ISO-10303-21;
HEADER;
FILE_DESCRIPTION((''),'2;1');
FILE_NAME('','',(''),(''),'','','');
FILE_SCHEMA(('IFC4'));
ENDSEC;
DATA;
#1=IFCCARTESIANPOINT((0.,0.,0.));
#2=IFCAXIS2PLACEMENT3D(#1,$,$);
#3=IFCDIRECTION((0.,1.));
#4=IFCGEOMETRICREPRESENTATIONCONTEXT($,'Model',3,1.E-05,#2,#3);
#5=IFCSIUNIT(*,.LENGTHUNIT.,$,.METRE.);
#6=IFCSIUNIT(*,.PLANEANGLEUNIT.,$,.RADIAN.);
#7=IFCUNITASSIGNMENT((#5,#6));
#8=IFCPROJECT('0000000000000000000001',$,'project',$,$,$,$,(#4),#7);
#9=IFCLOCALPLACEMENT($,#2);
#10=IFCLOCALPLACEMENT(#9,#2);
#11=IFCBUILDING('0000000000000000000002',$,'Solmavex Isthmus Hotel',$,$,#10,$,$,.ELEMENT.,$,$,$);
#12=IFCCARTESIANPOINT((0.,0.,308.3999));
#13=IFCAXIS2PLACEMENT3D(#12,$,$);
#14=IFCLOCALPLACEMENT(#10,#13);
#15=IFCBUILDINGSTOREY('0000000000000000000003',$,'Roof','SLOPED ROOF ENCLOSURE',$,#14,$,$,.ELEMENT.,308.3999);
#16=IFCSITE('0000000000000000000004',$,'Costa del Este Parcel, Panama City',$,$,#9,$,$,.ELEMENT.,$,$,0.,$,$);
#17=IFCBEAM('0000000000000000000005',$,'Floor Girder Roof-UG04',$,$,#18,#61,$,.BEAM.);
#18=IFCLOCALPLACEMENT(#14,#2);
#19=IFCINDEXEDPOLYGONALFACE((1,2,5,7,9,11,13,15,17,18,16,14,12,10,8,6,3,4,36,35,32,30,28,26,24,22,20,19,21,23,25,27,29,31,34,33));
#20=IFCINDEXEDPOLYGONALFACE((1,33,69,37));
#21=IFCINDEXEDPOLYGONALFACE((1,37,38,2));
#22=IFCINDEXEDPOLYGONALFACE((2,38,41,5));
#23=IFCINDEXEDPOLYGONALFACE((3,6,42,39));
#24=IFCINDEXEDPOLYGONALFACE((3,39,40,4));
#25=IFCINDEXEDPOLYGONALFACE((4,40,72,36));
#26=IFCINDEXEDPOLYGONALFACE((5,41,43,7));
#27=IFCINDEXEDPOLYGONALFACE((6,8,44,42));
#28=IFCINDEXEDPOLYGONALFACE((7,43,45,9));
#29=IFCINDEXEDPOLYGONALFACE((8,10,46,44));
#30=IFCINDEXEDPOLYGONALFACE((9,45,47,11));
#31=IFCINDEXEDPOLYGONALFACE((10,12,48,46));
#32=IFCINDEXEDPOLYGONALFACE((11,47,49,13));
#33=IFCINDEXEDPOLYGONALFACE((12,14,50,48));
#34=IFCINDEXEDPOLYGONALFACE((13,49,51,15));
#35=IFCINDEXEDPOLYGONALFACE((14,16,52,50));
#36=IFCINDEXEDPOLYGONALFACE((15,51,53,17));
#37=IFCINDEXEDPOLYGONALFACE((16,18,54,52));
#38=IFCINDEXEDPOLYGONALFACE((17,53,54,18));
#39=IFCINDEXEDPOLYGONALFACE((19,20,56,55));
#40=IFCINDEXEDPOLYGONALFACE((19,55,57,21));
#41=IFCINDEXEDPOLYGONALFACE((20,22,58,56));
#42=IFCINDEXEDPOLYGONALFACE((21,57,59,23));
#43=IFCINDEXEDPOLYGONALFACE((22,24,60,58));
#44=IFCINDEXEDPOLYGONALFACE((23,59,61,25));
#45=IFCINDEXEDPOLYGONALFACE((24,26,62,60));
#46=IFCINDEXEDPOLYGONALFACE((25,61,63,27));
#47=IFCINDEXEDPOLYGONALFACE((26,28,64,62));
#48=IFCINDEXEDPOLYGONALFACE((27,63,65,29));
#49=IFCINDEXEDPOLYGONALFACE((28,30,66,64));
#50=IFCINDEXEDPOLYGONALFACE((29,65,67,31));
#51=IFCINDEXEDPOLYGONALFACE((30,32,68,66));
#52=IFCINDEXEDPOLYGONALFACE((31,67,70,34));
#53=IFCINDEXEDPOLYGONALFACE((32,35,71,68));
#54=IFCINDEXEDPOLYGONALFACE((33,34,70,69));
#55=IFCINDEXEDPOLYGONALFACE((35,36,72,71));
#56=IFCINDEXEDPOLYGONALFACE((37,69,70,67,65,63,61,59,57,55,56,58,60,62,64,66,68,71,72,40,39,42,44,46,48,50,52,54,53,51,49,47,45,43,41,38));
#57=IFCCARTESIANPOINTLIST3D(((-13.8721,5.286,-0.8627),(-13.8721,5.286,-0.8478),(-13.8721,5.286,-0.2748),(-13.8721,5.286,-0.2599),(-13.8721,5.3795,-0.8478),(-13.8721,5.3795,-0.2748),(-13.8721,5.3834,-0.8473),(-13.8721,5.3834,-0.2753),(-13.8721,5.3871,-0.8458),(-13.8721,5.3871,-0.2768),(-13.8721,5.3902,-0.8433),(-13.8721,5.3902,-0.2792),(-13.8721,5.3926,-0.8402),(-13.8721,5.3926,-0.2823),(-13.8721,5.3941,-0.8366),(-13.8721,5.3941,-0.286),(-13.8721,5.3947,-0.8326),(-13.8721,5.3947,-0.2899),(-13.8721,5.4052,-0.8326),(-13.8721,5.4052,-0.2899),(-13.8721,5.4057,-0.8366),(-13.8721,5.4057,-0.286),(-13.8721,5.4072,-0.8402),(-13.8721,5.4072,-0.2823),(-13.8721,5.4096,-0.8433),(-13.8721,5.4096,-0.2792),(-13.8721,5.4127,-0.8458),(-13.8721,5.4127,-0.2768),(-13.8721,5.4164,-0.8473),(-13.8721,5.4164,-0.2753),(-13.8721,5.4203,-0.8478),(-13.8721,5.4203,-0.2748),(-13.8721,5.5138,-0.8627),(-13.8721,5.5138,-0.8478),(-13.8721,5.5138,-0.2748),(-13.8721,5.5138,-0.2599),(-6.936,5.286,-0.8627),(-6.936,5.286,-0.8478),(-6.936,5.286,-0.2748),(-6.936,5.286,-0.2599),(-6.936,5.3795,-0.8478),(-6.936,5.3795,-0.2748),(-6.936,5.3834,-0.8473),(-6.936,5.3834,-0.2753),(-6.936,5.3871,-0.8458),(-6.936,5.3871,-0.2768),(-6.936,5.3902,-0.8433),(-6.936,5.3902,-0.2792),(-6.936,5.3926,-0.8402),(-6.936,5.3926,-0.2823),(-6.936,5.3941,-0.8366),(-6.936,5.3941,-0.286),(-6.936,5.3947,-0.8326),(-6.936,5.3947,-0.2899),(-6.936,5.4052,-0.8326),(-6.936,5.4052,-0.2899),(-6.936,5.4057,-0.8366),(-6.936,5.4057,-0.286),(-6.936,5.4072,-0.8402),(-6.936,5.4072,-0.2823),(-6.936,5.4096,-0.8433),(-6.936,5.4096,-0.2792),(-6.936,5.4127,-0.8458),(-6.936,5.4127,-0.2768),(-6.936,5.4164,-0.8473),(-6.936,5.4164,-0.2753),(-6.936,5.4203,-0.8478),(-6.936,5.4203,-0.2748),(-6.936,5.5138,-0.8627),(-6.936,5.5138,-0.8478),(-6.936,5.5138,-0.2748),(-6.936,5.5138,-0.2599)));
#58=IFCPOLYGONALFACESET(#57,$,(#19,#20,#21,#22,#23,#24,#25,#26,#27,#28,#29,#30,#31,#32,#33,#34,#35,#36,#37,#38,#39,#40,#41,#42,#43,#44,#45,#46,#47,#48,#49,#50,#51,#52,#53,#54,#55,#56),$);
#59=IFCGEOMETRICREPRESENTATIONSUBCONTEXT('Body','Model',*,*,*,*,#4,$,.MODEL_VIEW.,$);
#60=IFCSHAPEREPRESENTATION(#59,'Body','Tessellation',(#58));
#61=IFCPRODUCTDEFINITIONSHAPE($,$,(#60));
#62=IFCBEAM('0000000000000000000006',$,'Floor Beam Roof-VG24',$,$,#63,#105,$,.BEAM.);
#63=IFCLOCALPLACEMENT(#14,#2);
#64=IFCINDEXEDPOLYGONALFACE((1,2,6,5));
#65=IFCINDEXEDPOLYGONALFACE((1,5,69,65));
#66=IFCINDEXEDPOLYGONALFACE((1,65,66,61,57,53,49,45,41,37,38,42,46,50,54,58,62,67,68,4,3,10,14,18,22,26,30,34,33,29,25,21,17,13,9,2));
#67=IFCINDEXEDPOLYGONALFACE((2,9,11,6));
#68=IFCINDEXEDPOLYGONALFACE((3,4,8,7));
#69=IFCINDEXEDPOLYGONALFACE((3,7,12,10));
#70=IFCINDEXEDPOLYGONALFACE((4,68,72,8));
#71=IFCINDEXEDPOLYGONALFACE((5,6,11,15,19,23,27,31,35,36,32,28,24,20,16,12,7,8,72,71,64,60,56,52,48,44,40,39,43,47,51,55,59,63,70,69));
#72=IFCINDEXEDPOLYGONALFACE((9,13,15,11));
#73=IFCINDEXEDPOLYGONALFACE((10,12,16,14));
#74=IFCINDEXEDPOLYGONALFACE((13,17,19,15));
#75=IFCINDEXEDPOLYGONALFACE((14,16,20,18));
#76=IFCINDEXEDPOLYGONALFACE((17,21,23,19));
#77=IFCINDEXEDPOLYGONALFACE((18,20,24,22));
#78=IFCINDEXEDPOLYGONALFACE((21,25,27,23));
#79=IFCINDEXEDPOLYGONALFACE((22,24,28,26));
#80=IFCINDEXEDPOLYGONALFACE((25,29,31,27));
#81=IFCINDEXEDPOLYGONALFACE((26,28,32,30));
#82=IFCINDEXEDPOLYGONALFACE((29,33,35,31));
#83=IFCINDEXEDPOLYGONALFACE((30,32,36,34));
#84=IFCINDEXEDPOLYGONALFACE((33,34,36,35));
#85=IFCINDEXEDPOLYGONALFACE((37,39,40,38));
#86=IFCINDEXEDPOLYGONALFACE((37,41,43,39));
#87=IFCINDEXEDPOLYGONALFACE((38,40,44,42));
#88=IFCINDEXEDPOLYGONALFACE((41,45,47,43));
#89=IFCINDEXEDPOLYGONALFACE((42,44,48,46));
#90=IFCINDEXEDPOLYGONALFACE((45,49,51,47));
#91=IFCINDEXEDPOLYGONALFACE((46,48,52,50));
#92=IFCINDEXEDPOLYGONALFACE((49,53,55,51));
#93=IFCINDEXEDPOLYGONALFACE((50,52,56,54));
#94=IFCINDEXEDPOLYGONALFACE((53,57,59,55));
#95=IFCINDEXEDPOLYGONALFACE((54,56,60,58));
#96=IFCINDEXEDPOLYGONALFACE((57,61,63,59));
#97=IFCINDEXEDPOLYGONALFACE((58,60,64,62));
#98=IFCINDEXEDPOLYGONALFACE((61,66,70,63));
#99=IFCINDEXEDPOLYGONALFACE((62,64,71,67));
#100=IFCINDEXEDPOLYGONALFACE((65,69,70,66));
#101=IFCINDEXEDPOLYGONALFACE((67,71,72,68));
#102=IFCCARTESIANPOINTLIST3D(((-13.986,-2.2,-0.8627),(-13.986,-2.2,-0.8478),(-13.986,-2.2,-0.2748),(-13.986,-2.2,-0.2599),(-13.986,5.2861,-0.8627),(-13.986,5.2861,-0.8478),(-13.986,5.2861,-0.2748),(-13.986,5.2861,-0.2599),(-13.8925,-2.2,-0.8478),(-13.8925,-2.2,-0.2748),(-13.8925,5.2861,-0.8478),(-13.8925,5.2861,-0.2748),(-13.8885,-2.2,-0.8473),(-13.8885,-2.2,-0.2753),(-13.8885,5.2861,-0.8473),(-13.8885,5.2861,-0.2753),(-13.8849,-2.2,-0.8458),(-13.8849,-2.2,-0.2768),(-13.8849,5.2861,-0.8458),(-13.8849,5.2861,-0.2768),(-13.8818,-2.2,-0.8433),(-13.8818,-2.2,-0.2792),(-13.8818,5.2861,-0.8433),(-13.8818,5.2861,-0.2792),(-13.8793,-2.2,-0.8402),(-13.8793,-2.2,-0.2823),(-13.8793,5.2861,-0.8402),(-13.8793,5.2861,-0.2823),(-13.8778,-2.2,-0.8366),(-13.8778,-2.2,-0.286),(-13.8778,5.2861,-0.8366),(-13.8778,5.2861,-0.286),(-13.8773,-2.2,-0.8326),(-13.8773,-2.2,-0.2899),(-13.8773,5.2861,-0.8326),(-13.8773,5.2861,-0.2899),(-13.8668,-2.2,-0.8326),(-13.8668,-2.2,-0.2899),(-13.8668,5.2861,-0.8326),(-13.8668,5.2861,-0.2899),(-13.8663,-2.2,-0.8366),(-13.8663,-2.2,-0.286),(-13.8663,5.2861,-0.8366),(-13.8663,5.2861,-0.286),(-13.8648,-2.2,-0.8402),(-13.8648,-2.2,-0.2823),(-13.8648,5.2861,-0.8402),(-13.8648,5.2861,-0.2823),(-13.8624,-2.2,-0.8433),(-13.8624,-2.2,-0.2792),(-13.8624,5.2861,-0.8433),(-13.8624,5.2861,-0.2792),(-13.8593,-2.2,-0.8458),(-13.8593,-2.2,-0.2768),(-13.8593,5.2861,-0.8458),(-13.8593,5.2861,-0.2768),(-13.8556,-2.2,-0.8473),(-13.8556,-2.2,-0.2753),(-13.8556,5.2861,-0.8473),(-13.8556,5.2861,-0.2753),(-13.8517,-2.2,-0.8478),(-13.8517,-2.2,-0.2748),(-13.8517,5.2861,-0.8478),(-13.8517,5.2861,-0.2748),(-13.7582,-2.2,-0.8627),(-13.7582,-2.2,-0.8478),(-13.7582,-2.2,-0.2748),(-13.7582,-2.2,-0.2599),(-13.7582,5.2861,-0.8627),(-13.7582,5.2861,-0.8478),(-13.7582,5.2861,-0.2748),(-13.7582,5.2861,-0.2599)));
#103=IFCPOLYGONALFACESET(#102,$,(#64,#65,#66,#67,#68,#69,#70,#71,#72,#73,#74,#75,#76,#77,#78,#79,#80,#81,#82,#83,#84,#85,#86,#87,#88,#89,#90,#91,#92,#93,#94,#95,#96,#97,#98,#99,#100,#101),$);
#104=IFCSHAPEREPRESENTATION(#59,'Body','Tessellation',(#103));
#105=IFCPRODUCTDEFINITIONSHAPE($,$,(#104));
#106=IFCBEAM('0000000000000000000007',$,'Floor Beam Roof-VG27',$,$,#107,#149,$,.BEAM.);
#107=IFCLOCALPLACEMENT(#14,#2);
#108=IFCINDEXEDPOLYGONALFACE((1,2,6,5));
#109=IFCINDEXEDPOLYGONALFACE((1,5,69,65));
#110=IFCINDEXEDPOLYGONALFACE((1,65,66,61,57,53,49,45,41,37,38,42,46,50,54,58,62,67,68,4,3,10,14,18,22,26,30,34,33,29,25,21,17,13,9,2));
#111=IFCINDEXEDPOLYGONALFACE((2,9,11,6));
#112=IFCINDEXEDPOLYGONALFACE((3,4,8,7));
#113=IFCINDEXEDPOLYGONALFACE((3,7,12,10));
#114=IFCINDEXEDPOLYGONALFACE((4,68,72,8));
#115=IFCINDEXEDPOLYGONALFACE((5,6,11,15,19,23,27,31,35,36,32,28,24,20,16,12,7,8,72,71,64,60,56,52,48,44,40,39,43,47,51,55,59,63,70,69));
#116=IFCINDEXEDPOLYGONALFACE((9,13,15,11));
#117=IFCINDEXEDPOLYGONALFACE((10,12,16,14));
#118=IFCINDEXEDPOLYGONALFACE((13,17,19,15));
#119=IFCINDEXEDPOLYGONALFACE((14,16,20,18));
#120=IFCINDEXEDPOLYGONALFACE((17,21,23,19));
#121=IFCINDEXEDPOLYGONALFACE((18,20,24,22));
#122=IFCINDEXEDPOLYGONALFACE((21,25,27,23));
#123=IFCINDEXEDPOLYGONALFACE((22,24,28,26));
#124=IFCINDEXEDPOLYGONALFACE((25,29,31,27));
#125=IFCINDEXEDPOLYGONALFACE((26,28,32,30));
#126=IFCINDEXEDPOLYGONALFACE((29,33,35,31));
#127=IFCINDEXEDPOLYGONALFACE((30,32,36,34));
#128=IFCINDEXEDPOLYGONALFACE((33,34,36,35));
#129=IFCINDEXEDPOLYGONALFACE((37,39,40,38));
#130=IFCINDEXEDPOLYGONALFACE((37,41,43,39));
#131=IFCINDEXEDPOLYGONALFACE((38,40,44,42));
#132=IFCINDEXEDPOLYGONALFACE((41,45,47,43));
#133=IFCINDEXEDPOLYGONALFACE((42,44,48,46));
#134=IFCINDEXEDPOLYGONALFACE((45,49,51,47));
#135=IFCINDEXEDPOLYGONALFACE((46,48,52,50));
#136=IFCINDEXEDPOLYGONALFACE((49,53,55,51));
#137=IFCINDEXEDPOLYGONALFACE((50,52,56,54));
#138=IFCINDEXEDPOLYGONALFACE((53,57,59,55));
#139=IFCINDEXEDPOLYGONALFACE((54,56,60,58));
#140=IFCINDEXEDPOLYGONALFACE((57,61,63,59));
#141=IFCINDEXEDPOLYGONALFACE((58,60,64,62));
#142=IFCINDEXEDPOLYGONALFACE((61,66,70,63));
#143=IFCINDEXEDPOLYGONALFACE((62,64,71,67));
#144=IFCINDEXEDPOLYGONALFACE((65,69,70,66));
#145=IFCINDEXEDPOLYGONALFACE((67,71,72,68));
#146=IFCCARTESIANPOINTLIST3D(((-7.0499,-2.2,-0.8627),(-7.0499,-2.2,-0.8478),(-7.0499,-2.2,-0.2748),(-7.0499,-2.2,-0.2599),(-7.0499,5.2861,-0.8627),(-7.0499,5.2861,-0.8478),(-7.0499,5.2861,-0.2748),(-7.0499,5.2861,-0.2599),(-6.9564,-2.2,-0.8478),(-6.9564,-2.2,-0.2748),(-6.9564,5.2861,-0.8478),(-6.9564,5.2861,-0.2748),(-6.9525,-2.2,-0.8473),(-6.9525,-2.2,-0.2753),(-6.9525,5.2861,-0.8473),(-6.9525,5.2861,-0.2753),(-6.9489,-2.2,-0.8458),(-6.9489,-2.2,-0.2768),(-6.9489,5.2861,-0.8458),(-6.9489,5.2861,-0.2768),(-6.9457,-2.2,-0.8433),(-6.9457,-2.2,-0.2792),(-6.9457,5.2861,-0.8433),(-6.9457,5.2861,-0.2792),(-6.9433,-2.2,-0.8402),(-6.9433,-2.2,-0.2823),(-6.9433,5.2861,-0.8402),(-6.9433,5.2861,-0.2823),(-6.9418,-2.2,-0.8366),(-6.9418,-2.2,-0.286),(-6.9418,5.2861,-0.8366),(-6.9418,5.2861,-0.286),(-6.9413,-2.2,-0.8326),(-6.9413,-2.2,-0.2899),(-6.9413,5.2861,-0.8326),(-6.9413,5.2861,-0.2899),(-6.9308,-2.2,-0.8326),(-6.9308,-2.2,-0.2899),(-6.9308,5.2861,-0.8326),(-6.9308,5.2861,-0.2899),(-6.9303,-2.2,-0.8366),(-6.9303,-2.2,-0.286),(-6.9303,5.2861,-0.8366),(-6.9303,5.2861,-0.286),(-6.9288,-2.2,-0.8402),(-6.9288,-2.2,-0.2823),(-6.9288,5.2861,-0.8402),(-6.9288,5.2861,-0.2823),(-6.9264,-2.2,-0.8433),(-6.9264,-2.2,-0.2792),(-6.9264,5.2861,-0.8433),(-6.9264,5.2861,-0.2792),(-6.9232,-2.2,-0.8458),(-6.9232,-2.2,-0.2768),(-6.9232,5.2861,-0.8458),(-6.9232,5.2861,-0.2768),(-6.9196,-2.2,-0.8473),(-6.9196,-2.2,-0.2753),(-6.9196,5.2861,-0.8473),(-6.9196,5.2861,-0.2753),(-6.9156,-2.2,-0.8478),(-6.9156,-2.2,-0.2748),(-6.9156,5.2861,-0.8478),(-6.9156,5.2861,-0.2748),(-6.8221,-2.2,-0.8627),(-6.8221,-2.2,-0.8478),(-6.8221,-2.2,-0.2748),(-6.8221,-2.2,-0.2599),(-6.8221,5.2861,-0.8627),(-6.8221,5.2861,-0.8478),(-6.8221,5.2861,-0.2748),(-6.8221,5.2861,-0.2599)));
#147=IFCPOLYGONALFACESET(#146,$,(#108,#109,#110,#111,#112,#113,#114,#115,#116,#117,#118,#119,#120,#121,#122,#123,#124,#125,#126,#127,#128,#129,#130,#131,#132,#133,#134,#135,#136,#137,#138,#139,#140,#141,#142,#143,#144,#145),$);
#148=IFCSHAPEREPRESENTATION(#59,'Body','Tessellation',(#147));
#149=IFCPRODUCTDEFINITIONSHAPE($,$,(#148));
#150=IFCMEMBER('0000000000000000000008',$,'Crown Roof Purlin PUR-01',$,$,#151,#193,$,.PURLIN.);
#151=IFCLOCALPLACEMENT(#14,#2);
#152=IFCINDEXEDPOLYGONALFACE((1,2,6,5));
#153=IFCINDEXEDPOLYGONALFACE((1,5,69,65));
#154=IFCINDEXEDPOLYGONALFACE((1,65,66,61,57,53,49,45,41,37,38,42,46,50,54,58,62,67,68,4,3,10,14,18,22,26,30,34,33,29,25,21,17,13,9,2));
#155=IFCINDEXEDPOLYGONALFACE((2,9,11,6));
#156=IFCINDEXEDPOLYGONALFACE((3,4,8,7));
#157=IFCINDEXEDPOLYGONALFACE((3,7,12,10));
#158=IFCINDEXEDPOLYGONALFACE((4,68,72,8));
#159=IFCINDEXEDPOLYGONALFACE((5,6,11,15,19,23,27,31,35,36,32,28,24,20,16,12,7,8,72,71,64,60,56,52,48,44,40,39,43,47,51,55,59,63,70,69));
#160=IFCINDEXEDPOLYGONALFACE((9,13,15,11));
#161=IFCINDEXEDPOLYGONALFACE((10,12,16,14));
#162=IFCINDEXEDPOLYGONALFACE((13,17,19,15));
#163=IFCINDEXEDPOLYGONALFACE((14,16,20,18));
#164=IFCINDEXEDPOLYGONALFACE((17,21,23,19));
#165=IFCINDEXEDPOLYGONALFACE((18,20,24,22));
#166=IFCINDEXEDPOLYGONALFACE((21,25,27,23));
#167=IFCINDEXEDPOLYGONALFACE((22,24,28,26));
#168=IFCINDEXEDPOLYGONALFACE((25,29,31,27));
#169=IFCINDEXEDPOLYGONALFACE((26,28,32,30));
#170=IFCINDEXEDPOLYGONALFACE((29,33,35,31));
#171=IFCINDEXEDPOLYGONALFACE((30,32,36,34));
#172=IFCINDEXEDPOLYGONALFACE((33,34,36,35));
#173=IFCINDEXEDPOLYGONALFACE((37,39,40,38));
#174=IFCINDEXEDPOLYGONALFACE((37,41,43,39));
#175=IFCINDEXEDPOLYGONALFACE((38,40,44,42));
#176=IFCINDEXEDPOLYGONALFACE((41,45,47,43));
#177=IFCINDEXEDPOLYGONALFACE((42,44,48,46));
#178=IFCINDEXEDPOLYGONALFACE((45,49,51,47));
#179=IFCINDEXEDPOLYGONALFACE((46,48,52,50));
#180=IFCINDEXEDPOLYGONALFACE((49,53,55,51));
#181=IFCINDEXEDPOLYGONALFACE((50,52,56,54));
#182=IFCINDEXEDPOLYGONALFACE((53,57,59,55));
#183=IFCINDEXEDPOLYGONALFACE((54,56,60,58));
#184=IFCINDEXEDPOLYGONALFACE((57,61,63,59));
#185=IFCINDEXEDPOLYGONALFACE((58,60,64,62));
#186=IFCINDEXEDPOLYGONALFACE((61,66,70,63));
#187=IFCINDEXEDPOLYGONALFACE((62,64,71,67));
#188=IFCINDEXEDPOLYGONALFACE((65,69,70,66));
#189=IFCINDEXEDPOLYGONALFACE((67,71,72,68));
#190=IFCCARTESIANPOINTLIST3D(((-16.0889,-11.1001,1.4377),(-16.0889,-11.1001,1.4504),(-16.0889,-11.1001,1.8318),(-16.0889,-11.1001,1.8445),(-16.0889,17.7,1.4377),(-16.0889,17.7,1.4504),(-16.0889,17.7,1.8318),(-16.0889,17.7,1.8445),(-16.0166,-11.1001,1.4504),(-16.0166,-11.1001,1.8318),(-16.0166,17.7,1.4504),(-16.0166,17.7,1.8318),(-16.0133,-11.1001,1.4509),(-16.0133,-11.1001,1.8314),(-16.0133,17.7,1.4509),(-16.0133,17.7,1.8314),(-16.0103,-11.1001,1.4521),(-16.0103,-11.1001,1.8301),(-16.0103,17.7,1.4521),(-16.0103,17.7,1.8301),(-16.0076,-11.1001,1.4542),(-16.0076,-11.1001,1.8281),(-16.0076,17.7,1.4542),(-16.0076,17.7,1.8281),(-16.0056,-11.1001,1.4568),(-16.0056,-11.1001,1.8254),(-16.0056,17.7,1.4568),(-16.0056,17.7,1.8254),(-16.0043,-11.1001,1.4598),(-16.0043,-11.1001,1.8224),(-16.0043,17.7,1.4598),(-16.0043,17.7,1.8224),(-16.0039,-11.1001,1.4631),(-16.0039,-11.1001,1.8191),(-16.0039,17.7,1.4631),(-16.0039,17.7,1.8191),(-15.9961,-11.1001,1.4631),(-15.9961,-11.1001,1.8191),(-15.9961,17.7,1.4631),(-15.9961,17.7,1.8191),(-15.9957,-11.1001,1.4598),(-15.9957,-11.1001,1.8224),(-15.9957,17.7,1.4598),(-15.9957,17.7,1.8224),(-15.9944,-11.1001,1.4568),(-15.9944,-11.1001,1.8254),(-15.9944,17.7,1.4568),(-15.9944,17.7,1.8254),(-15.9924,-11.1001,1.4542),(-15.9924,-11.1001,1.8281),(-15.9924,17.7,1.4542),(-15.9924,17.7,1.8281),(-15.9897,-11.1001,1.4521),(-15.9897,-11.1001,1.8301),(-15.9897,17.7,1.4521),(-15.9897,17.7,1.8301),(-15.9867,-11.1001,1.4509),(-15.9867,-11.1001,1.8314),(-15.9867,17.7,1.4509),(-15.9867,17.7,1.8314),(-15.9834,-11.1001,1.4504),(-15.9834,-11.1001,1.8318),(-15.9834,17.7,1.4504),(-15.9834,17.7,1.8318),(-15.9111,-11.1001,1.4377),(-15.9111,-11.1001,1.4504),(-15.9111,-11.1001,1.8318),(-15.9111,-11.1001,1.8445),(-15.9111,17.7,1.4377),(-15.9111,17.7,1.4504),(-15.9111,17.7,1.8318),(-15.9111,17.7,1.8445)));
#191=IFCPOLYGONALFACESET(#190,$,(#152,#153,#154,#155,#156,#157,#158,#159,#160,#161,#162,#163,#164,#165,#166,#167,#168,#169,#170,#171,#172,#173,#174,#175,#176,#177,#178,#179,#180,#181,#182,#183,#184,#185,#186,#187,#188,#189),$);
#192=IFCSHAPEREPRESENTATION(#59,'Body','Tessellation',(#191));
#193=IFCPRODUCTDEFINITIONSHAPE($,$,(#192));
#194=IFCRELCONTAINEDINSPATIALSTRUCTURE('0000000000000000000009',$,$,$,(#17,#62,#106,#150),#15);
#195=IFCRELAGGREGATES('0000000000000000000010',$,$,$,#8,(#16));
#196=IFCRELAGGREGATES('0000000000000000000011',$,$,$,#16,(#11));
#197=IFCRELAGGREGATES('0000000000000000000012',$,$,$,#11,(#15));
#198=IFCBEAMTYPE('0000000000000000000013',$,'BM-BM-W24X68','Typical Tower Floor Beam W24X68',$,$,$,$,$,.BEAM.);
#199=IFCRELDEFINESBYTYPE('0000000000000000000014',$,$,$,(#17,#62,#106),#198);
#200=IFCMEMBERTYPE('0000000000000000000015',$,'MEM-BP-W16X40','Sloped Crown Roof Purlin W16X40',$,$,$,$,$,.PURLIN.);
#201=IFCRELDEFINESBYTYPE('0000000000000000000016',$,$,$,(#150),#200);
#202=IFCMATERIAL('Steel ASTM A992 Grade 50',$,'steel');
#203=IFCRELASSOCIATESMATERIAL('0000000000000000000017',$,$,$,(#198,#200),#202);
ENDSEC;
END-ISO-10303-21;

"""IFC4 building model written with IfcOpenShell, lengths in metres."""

from ifc_helpers import new_model, si_unit, direction, frame, origin, origin_2d, place, context, subcontext, project, spatial, i_section, extrude, material, material_profile, profile_set, type_object, element, save


model = new_model("IFC4")

# Units and contexts
model_context = context("Model", 3, precision=1e-05, world=origin(), true_north=direction((0.0, 1.0)))
body_context = subcontext(model_context, "Body", "Model", "MODEL_VIEW")
ifc_project = project(units=[si_unit("LENGTHUNIT", "METRE"), si_unit("PLANEANGLEUNIT", "RADIAN")], contexts=[model_context])

# Site, building, storey
site_placement = place(None, origin())
site = spatial("IfcSite", under=ifc_project, at=site_placement, Name="Costa del Este Parcel, Panama City", CompositionType="ELEMENT", RefElevation=0.0)
building_placement = place(site_placement, origin())
building = spatial("IfcBuilding", under=site, at=building_placement, Name="Solmavex Isthmus Hotel", CompositionType="ELEMENT")
storey_placement = place(building_placement, frame((0.0, 0.0, 308.3999)))
storey = spatial("IfcBuildingStorey", under=building, at=storey_placement, Name="Roof", Description="SLOPED ROOF ENCLOSURE", CompositionType="ELEMENT", Elevation=308.3999)

# Beams
ifc_material_1 = material(Name="Steel ASTM A992 Grade 50", Category="steel")
ifc_material_profile_1 = material_profile(ifc_material_1, i_section(OverallWidth=0.2278, OverallDepth=0.6028, WebThickness=0.0105, FlangeThickness=0.0149, FilletRadius=0.0151, at=origin_2d()), Name="W24X68")
ifc_profile_set_1 = profile_set([ifc_material_profile_1], Name="Steel ASTM A992 Grade 50")
beam_type_1 = type_object("IfcBeamType", Name="BM-BM-W24X68", Description="Typical Tower Floor Beam W24X68", PredefinedType="BEAM", material=ifc_profile_set_1)
beam_placement = place(storey_placement, frame((-13.8721, 5.3999, -0.5613), z_axis=(1.0, 0.0, 0.0), x_axis=(0.0, 1.0, 0.0)))
element("IfcBeam", 1, at=beam_placement, inside=storey, type_object=beam_type_1, Name="Floor Girder Roof-UG04", PredefinedType="BEAM", context=body_context, shape_type="SweptSolid", body=[
    extrude(i_section(OverallWidth=0.2278, OverallDepth=0.6028, WebThickness=0.0105, FlangeThickness=0.0149, FilletRadius=0.0151, at=origin_2d()), origin(), (0.0, 0.0, 1.0), 6.936),
])
for number, where, z_axis, x_axis, name in (
    (2, (-13.8721, -2.2, -0.5613), (0.0, 1.0, 0.0), (-1.0, 0.0, 0.0), "Floor Beam Roof-VG24"),
    (3, (-6.936, -2.2, -0.5613), (0.0, 1.0, 0.0), (-1.0, 0.0, 0.0), "Floor Beam Roof-VG27"),
):
    element("IfcBeam", number, at=place(storey_placement, frame(where, z_axis=z_axis, x_axis=x_axis)), inside=storey, type_object=beam_type_1, Name=name, PredefinedType="BEAM", context=body_context, shape_type="SweptSolid", body=[
        extrude(i_section(OverallWidth=0.2278, OverallDepth=0.6028, WebThickness=0.0105, FlangeThickness=0.0149, FilletRadius=0.0151, at=origin_2d()), origin(), (0.0, 0.0, 1.0), 7.4861),
    ])

# Member
ifc_material_profile_2 = material_profile(ifc_material_1, i_section(OverallWidth=0.1777, OverallDepth=0.4067, WebThickness=0.0078, FlangeThickness=0.0127, FilletRadius=0.0127, at=origin_2d()), Name="W16X40")
ifc_profile_set_2 = profile_set([ifc_material_profile_2], Name="Steel ASTM A992 Grade 50")
member_type_1 = type_object("IfcMemberType", Name="MEM-BP-W16X40", Description="Sloped Crown Roof Purlin W16X40", PredefinedType="PURLIN", material=ifc_profile_set_2)
for number, where, z_axis, x_axis, name in (
    (4, (-16.0, -11.1001, 1.6411), (0.0, 1.0, 0.0), (-1.0, 0.0, 0.0), "Crown Roof Purlin PUR-01"),
):
    element("IfcMember", number, at=place(storey_placement, frame(where, z_axis=z_axis, x_axis=x_axis)), inside=storey, type_object=member_type_1, Name=name, PredefinedType="PURLIN", context=body_context, shape_type="SweptSolid", body=[
        extrude(i_section(OverallWidth=0.1777, OverallDepth=0.4067, WebThickness=0.0078, FlangeThickness=0.0127, FilletRadius=0.0127, at=origin_2d()), origin(), (0.0, 0.0, 1.0), 28.8),
    ])

save(model, "model.ifc")
